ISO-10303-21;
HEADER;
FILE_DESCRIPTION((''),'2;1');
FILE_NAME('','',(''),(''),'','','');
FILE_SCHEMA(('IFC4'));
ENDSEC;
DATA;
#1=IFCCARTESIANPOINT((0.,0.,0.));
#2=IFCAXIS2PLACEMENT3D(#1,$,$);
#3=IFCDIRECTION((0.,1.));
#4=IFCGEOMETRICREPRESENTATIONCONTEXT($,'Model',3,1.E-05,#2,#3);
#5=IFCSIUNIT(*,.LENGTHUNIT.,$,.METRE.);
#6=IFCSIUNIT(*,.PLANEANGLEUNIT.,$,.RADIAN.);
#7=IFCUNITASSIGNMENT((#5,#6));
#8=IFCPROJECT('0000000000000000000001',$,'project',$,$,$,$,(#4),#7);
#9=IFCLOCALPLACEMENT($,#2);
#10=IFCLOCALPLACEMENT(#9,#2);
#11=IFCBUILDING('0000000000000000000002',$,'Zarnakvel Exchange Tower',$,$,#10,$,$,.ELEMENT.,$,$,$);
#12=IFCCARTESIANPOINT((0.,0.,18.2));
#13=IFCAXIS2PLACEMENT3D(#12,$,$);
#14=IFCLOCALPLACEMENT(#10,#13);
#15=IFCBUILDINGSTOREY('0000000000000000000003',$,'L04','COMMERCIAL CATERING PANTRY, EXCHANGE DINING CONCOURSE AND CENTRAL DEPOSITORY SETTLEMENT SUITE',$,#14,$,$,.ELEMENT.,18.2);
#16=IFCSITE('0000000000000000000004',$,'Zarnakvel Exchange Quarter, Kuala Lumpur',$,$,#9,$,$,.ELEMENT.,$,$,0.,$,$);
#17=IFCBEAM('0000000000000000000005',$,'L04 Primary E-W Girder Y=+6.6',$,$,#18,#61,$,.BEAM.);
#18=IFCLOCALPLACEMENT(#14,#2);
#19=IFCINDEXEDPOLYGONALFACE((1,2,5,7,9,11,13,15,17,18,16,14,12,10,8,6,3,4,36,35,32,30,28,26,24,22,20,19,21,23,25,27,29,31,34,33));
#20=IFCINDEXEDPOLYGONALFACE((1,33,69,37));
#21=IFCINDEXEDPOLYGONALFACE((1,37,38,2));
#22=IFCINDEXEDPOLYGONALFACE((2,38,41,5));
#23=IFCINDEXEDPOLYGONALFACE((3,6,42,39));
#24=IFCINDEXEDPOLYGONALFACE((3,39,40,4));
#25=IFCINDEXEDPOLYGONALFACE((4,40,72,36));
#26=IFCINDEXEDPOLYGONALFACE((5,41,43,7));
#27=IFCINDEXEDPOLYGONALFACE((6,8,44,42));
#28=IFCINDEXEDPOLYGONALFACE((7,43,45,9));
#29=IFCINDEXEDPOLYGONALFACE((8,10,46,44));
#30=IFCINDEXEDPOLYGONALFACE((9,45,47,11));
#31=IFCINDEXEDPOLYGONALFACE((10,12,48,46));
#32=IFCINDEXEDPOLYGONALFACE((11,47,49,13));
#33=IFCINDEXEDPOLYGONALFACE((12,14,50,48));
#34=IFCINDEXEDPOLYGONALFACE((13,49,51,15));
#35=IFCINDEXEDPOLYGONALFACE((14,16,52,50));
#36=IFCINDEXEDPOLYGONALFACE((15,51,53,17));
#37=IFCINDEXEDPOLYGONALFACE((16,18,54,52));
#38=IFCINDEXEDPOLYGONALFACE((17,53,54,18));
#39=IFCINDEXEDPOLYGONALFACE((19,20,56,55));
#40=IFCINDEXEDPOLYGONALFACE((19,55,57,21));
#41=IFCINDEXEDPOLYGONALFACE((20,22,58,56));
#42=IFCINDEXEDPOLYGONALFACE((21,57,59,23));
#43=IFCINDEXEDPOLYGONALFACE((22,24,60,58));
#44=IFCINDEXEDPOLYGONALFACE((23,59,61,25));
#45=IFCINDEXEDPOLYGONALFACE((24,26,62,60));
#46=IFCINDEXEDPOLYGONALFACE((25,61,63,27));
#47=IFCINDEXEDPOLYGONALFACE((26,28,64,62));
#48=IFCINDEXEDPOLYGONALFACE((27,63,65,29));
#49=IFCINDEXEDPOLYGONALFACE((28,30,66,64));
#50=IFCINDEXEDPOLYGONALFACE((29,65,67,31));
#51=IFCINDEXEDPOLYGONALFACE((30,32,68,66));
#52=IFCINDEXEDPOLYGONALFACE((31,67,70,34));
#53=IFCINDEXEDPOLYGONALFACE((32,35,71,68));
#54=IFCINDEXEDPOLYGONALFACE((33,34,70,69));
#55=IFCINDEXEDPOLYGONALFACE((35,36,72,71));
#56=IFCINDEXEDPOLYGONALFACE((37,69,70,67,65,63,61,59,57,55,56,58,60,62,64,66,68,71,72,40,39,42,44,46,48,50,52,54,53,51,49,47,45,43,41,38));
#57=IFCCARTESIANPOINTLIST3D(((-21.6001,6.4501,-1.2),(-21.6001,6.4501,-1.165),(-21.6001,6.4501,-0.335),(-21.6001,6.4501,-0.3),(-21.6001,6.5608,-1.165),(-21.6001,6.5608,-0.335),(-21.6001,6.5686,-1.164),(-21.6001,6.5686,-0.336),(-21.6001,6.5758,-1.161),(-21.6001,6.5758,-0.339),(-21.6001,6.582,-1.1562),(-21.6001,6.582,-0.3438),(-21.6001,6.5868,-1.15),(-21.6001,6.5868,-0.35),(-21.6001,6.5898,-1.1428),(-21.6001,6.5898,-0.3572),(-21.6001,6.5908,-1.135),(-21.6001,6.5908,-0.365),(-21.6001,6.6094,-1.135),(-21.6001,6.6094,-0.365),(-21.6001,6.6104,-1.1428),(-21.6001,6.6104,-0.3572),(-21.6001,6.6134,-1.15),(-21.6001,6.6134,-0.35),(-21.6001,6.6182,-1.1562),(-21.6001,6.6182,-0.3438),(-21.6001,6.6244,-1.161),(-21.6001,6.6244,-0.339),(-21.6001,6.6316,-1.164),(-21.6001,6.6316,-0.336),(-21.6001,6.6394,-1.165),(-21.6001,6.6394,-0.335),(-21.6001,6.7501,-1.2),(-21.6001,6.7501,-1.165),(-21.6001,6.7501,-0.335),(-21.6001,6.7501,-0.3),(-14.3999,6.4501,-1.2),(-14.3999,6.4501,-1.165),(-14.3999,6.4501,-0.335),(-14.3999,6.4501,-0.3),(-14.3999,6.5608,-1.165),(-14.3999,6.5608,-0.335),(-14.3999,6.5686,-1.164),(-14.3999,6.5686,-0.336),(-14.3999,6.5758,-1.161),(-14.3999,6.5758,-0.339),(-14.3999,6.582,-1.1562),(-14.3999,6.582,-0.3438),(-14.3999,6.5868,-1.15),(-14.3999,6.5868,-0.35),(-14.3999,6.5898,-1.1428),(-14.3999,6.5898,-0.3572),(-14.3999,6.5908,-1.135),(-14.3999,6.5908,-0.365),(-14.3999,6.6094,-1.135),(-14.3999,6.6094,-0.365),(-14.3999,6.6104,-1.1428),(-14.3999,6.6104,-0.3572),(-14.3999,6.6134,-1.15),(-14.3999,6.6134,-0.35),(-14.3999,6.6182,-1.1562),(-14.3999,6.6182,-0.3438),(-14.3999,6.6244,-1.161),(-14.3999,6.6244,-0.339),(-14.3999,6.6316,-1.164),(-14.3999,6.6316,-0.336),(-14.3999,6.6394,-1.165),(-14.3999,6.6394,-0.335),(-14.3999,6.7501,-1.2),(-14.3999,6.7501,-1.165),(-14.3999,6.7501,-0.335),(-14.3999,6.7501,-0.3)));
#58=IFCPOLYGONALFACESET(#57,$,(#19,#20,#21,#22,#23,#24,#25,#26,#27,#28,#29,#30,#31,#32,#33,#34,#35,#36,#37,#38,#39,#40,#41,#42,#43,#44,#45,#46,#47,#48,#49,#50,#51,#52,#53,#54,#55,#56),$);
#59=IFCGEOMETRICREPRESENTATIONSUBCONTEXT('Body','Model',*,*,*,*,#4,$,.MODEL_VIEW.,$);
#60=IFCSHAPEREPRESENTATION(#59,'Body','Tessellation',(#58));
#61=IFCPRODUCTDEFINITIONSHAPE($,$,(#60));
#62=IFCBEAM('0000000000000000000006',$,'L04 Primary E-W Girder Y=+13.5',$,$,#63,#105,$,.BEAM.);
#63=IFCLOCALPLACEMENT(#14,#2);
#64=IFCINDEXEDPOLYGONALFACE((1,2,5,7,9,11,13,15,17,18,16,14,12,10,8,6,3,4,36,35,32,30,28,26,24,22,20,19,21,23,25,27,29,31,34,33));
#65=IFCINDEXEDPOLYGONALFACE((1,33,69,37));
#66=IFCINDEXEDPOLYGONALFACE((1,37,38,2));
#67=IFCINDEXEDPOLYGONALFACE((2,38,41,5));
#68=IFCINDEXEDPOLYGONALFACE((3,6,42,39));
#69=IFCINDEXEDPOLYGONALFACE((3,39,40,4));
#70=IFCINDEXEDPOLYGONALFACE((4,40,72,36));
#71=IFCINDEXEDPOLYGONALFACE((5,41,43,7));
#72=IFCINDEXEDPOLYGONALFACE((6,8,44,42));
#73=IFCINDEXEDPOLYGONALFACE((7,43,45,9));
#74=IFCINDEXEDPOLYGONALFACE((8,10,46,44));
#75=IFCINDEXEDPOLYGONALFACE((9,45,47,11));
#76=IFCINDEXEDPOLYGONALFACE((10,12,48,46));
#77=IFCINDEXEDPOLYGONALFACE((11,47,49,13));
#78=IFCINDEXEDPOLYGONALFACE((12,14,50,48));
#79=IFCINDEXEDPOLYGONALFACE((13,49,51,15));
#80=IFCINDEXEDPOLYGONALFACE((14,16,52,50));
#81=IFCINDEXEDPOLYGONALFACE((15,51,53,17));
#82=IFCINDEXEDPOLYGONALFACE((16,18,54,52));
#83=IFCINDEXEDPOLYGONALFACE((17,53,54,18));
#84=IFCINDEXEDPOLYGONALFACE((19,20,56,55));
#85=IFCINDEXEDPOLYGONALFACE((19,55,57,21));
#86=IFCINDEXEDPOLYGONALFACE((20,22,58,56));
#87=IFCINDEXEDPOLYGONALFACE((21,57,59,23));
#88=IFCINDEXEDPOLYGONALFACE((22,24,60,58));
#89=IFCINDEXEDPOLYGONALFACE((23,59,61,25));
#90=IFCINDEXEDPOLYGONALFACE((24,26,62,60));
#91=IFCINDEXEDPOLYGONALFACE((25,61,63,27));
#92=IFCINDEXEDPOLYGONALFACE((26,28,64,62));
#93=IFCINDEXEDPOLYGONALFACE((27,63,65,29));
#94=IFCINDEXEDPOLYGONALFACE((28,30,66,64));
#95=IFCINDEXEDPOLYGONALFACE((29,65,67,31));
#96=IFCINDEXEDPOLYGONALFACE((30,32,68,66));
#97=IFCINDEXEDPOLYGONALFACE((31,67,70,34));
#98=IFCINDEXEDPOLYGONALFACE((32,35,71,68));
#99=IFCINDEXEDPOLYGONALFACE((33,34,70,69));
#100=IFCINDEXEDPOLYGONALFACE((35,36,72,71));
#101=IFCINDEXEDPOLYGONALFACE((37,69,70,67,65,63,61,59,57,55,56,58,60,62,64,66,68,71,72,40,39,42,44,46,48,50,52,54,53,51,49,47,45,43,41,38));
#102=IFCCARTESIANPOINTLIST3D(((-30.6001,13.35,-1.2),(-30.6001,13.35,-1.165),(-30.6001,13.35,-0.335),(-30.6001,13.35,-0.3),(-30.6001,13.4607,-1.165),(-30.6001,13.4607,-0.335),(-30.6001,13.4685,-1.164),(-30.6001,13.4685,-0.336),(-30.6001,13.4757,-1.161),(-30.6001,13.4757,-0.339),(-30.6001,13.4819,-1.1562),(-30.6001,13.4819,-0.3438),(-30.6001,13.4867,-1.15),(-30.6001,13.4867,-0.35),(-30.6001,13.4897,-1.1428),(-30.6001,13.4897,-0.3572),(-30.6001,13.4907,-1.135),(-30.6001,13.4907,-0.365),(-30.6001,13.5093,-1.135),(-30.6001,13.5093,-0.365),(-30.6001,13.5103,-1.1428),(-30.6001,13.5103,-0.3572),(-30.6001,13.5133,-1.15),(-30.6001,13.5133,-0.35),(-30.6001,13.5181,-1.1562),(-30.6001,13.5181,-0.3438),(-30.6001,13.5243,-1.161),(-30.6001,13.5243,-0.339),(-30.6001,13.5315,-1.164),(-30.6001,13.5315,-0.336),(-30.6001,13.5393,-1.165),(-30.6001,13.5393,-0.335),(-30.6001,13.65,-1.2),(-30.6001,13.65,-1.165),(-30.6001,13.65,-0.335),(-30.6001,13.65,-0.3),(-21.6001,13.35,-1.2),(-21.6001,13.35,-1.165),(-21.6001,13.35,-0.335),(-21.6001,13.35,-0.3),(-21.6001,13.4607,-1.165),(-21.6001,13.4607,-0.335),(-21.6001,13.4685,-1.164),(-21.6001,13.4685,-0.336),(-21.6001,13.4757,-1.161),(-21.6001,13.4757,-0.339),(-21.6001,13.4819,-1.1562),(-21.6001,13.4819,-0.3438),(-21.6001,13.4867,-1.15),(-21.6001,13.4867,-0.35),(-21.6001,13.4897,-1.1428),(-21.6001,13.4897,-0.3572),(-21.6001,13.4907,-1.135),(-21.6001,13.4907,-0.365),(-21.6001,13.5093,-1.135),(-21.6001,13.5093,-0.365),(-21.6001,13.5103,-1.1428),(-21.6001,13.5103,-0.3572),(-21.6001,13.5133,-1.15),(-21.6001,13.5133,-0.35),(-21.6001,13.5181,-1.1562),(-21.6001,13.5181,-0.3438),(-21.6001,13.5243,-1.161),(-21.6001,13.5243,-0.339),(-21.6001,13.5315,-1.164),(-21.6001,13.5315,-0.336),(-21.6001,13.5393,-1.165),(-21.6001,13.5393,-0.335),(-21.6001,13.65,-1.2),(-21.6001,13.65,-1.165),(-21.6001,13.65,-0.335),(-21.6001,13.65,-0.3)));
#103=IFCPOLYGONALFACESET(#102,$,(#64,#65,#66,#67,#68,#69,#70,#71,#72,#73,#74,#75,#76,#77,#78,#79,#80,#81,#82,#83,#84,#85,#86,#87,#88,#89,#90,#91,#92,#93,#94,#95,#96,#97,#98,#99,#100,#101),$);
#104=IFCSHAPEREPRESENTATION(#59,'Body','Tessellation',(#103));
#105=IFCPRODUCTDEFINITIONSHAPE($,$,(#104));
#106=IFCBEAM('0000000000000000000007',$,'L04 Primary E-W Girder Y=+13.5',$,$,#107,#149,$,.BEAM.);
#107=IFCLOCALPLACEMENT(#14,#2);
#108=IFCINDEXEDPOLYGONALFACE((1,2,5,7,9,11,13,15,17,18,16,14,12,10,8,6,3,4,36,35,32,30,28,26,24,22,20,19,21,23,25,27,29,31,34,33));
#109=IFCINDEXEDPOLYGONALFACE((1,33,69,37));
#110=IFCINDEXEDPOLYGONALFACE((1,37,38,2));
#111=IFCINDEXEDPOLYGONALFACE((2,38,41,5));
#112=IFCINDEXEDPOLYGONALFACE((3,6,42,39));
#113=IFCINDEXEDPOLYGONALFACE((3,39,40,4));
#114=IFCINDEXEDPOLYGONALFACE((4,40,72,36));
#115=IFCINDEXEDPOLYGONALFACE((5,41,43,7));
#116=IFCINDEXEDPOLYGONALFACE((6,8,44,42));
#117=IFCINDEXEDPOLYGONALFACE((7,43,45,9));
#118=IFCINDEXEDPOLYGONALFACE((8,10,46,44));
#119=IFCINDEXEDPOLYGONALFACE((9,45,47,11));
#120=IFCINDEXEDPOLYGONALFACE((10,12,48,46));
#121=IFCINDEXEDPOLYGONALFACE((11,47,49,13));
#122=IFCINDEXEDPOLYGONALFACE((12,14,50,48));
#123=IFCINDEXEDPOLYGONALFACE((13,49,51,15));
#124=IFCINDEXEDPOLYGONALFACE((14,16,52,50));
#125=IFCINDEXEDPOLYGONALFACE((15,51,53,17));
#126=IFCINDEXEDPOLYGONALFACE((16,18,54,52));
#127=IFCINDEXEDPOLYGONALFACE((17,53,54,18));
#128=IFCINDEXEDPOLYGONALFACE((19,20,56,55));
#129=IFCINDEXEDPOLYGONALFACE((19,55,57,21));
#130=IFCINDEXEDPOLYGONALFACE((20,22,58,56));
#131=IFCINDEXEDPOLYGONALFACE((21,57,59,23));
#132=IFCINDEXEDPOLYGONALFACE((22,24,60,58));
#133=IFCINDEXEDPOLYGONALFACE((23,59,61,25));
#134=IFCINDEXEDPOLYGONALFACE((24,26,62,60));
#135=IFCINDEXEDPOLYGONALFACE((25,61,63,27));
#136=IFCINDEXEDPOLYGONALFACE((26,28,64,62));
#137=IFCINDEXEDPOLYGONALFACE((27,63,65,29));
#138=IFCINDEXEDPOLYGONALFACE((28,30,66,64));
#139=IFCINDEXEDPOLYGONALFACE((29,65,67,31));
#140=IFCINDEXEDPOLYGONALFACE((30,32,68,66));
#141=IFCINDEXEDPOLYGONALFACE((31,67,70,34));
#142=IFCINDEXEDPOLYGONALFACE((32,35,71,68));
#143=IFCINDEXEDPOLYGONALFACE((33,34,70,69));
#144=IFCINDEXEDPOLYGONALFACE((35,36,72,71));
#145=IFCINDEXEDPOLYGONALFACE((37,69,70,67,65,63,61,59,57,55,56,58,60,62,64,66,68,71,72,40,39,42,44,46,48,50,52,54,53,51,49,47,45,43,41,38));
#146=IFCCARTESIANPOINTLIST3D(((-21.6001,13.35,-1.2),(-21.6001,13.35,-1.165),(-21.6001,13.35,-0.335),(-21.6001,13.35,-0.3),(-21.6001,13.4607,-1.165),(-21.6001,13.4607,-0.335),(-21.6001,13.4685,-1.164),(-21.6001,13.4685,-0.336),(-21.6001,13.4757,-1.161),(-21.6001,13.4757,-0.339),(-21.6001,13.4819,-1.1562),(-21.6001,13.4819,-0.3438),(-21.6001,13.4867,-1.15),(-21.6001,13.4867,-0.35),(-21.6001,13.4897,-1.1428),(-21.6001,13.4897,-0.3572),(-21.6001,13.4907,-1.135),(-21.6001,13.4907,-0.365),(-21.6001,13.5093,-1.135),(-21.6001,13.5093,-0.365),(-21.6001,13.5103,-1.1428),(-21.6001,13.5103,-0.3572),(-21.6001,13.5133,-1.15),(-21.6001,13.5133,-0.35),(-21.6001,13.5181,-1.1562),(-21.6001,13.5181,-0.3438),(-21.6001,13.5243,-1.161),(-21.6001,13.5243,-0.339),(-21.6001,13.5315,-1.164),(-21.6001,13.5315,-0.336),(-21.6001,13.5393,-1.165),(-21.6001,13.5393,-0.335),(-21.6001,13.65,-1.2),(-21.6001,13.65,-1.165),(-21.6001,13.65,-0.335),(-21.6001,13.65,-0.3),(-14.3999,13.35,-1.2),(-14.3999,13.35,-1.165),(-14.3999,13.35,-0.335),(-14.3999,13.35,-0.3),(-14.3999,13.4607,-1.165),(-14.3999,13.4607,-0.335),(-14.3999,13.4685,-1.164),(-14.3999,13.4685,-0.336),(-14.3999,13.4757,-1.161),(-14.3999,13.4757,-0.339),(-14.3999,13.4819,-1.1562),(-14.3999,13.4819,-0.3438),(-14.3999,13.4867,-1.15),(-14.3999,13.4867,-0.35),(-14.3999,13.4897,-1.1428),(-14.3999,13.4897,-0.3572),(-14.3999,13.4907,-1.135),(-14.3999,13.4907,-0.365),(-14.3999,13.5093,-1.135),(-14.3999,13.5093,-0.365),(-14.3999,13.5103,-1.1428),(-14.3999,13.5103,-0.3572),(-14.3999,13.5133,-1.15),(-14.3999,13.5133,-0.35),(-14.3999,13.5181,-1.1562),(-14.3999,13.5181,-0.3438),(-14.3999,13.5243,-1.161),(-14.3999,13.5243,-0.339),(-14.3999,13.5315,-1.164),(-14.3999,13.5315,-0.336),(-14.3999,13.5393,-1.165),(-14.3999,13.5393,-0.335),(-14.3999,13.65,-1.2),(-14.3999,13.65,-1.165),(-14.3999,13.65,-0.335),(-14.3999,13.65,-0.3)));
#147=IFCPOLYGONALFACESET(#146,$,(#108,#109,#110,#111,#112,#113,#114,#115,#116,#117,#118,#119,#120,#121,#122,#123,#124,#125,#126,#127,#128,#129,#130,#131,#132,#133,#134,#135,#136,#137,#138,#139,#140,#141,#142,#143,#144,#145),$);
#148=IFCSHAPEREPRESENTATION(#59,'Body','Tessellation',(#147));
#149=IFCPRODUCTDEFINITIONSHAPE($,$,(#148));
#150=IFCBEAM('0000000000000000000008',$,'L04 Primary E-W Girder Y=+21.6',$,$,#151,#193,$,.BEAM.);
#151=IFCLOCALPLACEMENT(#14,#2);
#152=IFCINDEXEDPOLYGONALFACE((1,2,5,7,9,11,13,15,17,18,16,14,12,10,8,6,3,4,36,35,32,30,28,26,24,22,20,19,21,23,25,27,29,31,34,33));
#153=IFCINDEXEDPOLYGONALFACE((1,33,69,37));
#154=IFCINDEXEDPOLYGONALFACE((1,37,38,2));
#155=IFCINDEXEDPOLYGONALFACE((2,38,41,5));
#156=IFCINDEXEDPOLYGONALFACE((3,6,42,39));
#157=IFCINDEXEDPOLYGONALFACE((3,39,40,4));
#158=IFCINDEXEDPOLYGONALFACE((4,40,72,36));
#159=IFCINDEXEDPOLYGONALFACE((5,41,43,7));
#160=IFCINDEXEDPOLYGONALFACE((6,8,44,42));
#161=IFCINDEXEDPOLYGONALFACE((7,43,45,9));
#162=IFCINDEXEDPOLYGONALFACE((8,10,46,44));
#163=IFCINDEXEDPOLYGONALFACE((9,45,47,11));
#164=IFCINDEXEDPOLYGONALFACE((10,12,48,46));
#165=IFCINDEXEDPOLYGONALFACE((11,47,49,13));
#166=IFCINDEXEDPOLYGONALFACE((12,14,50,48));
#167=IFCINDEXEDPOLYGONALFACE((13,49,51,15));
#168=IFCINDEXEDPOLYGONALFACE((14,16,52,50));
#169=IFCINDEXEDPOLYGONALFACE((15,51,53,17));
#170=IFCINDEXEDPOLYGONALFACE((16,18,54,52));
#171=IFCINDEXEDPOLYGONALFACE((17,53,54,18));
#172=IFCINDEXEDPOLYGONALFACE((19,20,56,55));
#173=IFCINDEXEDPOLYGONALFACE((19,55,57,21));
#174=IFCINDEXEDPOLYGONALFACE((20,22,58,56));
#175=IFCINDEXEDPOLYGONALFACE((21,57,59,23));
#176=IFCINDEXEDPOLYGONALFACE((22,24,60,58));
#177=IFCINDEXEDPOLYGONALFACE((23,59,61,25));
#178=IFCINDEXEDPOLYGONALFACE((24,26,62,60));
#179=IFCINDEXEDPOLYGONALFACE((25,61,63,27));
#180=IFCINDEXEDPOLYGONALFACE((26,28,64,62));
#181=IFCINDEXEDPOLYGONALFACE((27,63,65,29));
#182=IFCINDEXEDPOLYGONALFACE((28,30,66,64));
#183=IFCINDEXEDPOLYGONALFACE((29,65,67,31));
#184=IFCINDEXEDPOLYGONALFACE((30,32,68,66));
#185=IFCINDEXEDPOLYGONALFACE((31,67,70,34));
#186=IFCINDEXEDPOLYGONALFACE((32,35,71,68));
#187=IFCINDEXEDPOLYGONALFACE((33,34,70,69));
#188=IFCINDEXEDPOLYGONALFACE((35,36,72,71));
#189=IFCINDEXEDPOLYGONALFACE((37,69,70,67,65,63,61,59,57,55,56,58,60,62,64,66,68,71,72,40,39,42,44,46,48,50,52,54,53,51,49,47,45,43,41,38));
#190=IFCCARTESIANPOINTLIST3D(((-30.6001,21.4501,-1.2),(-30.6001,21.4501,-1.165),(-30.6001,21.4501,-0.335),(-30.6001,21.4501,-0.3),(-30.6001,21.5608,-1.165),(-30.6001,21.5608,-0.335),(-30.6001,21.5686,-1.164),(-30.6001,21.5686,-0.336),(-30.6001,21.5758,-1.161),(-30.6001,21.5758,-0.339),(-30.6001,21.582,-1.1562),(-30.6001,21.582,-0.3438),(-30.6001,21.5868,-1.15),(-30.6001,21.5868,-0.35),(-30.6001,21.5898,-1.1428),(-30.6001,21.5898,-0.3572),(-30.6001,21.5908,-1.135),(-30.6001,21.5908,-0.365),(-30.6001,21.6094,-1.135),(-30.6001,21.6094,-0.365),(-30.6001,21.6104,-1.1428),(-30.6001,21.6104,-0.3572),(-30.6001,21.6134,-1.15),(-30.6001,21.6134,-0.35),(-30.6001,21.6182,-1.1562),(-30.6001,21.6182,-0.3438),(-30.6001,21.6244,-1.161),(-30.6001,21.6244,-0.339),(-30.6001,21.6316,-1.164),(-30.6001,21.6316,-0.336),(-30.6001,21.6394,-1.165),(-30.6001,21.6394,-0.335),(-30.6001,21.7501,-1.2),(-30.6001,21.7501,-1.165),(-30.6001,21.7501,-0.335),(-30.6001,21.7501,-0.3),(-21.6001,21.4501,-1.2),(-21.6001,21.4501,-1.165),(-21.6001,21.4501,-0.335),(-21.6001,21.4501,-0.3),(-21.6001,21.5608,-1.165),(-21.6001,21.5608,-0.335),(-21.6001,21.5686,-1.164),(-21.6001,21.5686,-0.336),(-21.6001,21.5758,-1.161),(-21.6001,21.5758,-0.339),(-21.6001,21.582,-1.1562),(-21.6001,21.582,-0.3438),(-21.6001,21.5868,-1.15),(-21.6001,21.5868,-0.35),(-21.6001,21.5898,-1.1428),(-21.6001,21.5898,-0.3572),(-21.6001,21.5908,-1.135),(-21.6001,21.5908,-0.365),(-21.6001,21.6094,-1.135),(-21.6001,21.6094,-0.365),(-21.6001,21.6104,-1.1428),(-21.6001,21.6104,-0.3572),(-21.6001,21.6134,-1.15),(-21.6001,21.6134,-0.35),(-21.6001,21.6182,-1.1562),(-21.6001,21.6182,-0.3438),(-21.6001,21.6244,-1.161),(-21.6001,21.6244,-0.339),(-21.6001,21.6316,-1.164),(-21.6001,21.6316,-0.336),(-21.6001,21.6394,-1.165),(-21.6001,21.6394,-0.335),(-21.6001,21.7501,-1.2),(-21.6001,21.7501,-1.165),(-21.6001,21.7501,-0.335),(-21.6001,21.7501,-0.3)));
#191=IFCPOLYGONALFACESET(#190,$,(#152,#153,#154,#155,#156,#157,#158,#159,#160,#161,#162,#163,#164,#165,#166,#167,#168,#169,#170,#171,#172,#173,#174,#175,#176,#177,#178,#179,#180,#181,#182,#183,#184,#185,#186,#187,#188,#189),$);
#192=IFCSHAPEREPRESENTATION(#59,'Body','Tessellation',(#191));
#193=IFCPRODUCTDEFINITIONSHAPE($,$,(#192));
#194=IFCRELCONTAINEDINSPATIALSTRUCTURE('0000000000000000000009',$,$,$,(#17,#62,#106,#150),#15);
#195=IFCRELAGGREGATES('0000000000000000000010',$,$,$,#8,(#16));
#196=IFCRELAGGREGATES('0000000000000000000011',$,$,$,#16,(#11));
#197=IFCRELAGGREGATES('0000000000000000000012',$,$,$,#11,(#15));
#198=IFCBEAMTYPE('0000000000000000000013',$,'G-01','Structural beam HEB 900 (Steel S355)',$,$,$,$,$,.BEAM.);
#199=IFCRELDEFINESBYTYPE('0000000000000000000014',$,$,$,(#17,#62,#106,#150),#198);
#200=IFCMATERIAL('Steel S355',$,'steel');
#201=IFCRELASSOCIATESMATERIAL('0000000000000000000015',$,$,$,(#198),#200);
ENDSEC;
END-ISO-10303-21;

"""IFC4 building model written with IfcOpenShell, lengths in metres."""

from ifc_helpers import new_model, si_unit, direction, frame, origin, origin_2d, place, context, subcontext, project, spatial, i_section, extrude, material, material_profile, profile_set, type_object, element, save


model = new_model("IFC4")

# Units and contexts
model_context = context("Model", 3, precision=1e-05, world=origin(), true_north=direction((0.0, 1.0)))
body_context = subcontext(model_context, "Body", "Model", "MODEL_VIEW")
ifc_project = project(units=[si_unit("LENGTHUNIT", "METRE"), si_unit("PLANEANGLEUNIT", "RADIAN")], contexts=[model_context])

# Site, building, storey
site_placement = place(None, origin())
site = spatial("IfcSite", under=ifc_project, at=site_placement, Name="Zarnakvel Exchange Quarter, Kuala Lumpur", CompositionType="ELEMENT", RefElevation=0.0)
building_placement = place(site_placement, origin())
building = spatial("IfcBuilding", under=site, at=building_placement, Name="Zarnakvel Exchange Tower", CompositionType="ELEMENT")
storey_placement = place(building_placement, frame((0.0, 0.0, 18.2)))
storey = spatial("IfcBuildingStorey", under=building, at=storey_placement, Name="L04", Description="COMMERCIAL CATERING PANTRY, EXCHANGE DINING CONCOURSE AND CENTRAL DEPOSITORY SETTLEMENT SUITE", CompositionType="ELEMENT", Elevation=18.2)

# Beams
ifc_material_1 = material(Name="Steel S355", Category="steel")
ifc_material_profile_1 = material_profile(ifc_material_1, i_section(OverallWidth=0.3, OverallDepth=0.8999, WebThickness=0.0186, FlangeThickness=0.0349, FilletRadius=0.03, at=origin_2d()))
ifc_profile_set_1 = profile_set([ifc_material_profile_1], Name="Steel S355")
beam_type_1 = type_object("IfcBeamType", Name="G-01", Description="Structural beam HEB 900 (Steel S355)", PredefinedType="BEAM", material=ifc_profile_set_1)
beam_1_placement = place(storey_placement, frame((-21.6001, 6.6001, -0.75), z_axis=(1.0, 0.0, 0.0), x_axis=(0.0, 1.0, 0.0)))
element("IfcBeam", 1, at=beam_1_placement, inside=storey, type_object=beam_type_1, Name="L04 Primary E-W Girder Y=+6.6", PredefinedType="BEAM", context=body_context, shape_type="SweptSolid", body=[
    extrude(i_section(OverallWidth=0.3, OverallDepth=0.8999, WebThickness=0.0186, FlangeThickness=0.0349, FilletRadius=0.03, at=origin_2d()), origin(), (0.0, 0.0, 1.0), 7.2002),
])
beam_2_placement = place(storey_placement, frame((-30.6001, 13.5, -0.75), z_axis=(1.0, 0.0, 0.0), x_axis=(0.0, 1.0, 0.0)))
element("IfcBeam", 2, at=beam_2_placement, inside=storey, type_object=beam_type_1, Name="L04 Primary E-W Girder Y=+13.5", PredefinedType="BEAM", context=body_context, shape_type="SweptSolid", body=[
    extrude(i_section(OverallWidth=0.3, OverallDepth=0.8999, WebThickness=0.0186, FlangeThickness=0.0349, FilletRadius=0.03, at=origin_2d()), origin(), (0.0, 0.0, 1.0), 9.0),
])
beam_3_placement = place(storey_placement, frame((-21.6001, 13.5, -0.75), z_axis=(1.0, 0.0, 0.0), x_axis=(0.0, 1.0, 0.0)))
element("IfcBeam", 3, at=beam_3_placement, inside=storey, type_object=beam_type_1, Name="L04 Primary E-W Girder Y=+13.5", PredefinedType="BEAM", context=body_context, shape_type="SweptSolid", body=[
    extrude(i_section(OverallWidth=0.3, OverallDepth=0.8999, WebThickness=0.0186, FlangeThickness=0.0349, FilletRadius=0.03, at=origin_2d()), origin(), (0.0, 0.0, 1.0), 7.2002),
])
beam_4_placement = place(storey_placement, frame((-30.6001, 21.6001, -0.75), z_axis=(1.0, 0.0, 0.0), x_axis=(0.0, 1.0, 0.0)))
element("IfcBeam", 4, at=beam_4_placement, inside=storey, type_object=beam_type_1, Name="L04 Primary E-W Girder Y=+21.6", PredefinedType="BEAM", context=body_context, shape_type="SweptSolid", body=[
    extrude(i_section(OverallWidth=0.3, OverallDepth=0.8999, WebThickness=0.0186, FlangeThickness=0.0349, FilletRadius=0.03, at=origin_2d()), origin(), (0.0, 0.0, 1.0), 9.0),
])

save(model, "model.ifc")
